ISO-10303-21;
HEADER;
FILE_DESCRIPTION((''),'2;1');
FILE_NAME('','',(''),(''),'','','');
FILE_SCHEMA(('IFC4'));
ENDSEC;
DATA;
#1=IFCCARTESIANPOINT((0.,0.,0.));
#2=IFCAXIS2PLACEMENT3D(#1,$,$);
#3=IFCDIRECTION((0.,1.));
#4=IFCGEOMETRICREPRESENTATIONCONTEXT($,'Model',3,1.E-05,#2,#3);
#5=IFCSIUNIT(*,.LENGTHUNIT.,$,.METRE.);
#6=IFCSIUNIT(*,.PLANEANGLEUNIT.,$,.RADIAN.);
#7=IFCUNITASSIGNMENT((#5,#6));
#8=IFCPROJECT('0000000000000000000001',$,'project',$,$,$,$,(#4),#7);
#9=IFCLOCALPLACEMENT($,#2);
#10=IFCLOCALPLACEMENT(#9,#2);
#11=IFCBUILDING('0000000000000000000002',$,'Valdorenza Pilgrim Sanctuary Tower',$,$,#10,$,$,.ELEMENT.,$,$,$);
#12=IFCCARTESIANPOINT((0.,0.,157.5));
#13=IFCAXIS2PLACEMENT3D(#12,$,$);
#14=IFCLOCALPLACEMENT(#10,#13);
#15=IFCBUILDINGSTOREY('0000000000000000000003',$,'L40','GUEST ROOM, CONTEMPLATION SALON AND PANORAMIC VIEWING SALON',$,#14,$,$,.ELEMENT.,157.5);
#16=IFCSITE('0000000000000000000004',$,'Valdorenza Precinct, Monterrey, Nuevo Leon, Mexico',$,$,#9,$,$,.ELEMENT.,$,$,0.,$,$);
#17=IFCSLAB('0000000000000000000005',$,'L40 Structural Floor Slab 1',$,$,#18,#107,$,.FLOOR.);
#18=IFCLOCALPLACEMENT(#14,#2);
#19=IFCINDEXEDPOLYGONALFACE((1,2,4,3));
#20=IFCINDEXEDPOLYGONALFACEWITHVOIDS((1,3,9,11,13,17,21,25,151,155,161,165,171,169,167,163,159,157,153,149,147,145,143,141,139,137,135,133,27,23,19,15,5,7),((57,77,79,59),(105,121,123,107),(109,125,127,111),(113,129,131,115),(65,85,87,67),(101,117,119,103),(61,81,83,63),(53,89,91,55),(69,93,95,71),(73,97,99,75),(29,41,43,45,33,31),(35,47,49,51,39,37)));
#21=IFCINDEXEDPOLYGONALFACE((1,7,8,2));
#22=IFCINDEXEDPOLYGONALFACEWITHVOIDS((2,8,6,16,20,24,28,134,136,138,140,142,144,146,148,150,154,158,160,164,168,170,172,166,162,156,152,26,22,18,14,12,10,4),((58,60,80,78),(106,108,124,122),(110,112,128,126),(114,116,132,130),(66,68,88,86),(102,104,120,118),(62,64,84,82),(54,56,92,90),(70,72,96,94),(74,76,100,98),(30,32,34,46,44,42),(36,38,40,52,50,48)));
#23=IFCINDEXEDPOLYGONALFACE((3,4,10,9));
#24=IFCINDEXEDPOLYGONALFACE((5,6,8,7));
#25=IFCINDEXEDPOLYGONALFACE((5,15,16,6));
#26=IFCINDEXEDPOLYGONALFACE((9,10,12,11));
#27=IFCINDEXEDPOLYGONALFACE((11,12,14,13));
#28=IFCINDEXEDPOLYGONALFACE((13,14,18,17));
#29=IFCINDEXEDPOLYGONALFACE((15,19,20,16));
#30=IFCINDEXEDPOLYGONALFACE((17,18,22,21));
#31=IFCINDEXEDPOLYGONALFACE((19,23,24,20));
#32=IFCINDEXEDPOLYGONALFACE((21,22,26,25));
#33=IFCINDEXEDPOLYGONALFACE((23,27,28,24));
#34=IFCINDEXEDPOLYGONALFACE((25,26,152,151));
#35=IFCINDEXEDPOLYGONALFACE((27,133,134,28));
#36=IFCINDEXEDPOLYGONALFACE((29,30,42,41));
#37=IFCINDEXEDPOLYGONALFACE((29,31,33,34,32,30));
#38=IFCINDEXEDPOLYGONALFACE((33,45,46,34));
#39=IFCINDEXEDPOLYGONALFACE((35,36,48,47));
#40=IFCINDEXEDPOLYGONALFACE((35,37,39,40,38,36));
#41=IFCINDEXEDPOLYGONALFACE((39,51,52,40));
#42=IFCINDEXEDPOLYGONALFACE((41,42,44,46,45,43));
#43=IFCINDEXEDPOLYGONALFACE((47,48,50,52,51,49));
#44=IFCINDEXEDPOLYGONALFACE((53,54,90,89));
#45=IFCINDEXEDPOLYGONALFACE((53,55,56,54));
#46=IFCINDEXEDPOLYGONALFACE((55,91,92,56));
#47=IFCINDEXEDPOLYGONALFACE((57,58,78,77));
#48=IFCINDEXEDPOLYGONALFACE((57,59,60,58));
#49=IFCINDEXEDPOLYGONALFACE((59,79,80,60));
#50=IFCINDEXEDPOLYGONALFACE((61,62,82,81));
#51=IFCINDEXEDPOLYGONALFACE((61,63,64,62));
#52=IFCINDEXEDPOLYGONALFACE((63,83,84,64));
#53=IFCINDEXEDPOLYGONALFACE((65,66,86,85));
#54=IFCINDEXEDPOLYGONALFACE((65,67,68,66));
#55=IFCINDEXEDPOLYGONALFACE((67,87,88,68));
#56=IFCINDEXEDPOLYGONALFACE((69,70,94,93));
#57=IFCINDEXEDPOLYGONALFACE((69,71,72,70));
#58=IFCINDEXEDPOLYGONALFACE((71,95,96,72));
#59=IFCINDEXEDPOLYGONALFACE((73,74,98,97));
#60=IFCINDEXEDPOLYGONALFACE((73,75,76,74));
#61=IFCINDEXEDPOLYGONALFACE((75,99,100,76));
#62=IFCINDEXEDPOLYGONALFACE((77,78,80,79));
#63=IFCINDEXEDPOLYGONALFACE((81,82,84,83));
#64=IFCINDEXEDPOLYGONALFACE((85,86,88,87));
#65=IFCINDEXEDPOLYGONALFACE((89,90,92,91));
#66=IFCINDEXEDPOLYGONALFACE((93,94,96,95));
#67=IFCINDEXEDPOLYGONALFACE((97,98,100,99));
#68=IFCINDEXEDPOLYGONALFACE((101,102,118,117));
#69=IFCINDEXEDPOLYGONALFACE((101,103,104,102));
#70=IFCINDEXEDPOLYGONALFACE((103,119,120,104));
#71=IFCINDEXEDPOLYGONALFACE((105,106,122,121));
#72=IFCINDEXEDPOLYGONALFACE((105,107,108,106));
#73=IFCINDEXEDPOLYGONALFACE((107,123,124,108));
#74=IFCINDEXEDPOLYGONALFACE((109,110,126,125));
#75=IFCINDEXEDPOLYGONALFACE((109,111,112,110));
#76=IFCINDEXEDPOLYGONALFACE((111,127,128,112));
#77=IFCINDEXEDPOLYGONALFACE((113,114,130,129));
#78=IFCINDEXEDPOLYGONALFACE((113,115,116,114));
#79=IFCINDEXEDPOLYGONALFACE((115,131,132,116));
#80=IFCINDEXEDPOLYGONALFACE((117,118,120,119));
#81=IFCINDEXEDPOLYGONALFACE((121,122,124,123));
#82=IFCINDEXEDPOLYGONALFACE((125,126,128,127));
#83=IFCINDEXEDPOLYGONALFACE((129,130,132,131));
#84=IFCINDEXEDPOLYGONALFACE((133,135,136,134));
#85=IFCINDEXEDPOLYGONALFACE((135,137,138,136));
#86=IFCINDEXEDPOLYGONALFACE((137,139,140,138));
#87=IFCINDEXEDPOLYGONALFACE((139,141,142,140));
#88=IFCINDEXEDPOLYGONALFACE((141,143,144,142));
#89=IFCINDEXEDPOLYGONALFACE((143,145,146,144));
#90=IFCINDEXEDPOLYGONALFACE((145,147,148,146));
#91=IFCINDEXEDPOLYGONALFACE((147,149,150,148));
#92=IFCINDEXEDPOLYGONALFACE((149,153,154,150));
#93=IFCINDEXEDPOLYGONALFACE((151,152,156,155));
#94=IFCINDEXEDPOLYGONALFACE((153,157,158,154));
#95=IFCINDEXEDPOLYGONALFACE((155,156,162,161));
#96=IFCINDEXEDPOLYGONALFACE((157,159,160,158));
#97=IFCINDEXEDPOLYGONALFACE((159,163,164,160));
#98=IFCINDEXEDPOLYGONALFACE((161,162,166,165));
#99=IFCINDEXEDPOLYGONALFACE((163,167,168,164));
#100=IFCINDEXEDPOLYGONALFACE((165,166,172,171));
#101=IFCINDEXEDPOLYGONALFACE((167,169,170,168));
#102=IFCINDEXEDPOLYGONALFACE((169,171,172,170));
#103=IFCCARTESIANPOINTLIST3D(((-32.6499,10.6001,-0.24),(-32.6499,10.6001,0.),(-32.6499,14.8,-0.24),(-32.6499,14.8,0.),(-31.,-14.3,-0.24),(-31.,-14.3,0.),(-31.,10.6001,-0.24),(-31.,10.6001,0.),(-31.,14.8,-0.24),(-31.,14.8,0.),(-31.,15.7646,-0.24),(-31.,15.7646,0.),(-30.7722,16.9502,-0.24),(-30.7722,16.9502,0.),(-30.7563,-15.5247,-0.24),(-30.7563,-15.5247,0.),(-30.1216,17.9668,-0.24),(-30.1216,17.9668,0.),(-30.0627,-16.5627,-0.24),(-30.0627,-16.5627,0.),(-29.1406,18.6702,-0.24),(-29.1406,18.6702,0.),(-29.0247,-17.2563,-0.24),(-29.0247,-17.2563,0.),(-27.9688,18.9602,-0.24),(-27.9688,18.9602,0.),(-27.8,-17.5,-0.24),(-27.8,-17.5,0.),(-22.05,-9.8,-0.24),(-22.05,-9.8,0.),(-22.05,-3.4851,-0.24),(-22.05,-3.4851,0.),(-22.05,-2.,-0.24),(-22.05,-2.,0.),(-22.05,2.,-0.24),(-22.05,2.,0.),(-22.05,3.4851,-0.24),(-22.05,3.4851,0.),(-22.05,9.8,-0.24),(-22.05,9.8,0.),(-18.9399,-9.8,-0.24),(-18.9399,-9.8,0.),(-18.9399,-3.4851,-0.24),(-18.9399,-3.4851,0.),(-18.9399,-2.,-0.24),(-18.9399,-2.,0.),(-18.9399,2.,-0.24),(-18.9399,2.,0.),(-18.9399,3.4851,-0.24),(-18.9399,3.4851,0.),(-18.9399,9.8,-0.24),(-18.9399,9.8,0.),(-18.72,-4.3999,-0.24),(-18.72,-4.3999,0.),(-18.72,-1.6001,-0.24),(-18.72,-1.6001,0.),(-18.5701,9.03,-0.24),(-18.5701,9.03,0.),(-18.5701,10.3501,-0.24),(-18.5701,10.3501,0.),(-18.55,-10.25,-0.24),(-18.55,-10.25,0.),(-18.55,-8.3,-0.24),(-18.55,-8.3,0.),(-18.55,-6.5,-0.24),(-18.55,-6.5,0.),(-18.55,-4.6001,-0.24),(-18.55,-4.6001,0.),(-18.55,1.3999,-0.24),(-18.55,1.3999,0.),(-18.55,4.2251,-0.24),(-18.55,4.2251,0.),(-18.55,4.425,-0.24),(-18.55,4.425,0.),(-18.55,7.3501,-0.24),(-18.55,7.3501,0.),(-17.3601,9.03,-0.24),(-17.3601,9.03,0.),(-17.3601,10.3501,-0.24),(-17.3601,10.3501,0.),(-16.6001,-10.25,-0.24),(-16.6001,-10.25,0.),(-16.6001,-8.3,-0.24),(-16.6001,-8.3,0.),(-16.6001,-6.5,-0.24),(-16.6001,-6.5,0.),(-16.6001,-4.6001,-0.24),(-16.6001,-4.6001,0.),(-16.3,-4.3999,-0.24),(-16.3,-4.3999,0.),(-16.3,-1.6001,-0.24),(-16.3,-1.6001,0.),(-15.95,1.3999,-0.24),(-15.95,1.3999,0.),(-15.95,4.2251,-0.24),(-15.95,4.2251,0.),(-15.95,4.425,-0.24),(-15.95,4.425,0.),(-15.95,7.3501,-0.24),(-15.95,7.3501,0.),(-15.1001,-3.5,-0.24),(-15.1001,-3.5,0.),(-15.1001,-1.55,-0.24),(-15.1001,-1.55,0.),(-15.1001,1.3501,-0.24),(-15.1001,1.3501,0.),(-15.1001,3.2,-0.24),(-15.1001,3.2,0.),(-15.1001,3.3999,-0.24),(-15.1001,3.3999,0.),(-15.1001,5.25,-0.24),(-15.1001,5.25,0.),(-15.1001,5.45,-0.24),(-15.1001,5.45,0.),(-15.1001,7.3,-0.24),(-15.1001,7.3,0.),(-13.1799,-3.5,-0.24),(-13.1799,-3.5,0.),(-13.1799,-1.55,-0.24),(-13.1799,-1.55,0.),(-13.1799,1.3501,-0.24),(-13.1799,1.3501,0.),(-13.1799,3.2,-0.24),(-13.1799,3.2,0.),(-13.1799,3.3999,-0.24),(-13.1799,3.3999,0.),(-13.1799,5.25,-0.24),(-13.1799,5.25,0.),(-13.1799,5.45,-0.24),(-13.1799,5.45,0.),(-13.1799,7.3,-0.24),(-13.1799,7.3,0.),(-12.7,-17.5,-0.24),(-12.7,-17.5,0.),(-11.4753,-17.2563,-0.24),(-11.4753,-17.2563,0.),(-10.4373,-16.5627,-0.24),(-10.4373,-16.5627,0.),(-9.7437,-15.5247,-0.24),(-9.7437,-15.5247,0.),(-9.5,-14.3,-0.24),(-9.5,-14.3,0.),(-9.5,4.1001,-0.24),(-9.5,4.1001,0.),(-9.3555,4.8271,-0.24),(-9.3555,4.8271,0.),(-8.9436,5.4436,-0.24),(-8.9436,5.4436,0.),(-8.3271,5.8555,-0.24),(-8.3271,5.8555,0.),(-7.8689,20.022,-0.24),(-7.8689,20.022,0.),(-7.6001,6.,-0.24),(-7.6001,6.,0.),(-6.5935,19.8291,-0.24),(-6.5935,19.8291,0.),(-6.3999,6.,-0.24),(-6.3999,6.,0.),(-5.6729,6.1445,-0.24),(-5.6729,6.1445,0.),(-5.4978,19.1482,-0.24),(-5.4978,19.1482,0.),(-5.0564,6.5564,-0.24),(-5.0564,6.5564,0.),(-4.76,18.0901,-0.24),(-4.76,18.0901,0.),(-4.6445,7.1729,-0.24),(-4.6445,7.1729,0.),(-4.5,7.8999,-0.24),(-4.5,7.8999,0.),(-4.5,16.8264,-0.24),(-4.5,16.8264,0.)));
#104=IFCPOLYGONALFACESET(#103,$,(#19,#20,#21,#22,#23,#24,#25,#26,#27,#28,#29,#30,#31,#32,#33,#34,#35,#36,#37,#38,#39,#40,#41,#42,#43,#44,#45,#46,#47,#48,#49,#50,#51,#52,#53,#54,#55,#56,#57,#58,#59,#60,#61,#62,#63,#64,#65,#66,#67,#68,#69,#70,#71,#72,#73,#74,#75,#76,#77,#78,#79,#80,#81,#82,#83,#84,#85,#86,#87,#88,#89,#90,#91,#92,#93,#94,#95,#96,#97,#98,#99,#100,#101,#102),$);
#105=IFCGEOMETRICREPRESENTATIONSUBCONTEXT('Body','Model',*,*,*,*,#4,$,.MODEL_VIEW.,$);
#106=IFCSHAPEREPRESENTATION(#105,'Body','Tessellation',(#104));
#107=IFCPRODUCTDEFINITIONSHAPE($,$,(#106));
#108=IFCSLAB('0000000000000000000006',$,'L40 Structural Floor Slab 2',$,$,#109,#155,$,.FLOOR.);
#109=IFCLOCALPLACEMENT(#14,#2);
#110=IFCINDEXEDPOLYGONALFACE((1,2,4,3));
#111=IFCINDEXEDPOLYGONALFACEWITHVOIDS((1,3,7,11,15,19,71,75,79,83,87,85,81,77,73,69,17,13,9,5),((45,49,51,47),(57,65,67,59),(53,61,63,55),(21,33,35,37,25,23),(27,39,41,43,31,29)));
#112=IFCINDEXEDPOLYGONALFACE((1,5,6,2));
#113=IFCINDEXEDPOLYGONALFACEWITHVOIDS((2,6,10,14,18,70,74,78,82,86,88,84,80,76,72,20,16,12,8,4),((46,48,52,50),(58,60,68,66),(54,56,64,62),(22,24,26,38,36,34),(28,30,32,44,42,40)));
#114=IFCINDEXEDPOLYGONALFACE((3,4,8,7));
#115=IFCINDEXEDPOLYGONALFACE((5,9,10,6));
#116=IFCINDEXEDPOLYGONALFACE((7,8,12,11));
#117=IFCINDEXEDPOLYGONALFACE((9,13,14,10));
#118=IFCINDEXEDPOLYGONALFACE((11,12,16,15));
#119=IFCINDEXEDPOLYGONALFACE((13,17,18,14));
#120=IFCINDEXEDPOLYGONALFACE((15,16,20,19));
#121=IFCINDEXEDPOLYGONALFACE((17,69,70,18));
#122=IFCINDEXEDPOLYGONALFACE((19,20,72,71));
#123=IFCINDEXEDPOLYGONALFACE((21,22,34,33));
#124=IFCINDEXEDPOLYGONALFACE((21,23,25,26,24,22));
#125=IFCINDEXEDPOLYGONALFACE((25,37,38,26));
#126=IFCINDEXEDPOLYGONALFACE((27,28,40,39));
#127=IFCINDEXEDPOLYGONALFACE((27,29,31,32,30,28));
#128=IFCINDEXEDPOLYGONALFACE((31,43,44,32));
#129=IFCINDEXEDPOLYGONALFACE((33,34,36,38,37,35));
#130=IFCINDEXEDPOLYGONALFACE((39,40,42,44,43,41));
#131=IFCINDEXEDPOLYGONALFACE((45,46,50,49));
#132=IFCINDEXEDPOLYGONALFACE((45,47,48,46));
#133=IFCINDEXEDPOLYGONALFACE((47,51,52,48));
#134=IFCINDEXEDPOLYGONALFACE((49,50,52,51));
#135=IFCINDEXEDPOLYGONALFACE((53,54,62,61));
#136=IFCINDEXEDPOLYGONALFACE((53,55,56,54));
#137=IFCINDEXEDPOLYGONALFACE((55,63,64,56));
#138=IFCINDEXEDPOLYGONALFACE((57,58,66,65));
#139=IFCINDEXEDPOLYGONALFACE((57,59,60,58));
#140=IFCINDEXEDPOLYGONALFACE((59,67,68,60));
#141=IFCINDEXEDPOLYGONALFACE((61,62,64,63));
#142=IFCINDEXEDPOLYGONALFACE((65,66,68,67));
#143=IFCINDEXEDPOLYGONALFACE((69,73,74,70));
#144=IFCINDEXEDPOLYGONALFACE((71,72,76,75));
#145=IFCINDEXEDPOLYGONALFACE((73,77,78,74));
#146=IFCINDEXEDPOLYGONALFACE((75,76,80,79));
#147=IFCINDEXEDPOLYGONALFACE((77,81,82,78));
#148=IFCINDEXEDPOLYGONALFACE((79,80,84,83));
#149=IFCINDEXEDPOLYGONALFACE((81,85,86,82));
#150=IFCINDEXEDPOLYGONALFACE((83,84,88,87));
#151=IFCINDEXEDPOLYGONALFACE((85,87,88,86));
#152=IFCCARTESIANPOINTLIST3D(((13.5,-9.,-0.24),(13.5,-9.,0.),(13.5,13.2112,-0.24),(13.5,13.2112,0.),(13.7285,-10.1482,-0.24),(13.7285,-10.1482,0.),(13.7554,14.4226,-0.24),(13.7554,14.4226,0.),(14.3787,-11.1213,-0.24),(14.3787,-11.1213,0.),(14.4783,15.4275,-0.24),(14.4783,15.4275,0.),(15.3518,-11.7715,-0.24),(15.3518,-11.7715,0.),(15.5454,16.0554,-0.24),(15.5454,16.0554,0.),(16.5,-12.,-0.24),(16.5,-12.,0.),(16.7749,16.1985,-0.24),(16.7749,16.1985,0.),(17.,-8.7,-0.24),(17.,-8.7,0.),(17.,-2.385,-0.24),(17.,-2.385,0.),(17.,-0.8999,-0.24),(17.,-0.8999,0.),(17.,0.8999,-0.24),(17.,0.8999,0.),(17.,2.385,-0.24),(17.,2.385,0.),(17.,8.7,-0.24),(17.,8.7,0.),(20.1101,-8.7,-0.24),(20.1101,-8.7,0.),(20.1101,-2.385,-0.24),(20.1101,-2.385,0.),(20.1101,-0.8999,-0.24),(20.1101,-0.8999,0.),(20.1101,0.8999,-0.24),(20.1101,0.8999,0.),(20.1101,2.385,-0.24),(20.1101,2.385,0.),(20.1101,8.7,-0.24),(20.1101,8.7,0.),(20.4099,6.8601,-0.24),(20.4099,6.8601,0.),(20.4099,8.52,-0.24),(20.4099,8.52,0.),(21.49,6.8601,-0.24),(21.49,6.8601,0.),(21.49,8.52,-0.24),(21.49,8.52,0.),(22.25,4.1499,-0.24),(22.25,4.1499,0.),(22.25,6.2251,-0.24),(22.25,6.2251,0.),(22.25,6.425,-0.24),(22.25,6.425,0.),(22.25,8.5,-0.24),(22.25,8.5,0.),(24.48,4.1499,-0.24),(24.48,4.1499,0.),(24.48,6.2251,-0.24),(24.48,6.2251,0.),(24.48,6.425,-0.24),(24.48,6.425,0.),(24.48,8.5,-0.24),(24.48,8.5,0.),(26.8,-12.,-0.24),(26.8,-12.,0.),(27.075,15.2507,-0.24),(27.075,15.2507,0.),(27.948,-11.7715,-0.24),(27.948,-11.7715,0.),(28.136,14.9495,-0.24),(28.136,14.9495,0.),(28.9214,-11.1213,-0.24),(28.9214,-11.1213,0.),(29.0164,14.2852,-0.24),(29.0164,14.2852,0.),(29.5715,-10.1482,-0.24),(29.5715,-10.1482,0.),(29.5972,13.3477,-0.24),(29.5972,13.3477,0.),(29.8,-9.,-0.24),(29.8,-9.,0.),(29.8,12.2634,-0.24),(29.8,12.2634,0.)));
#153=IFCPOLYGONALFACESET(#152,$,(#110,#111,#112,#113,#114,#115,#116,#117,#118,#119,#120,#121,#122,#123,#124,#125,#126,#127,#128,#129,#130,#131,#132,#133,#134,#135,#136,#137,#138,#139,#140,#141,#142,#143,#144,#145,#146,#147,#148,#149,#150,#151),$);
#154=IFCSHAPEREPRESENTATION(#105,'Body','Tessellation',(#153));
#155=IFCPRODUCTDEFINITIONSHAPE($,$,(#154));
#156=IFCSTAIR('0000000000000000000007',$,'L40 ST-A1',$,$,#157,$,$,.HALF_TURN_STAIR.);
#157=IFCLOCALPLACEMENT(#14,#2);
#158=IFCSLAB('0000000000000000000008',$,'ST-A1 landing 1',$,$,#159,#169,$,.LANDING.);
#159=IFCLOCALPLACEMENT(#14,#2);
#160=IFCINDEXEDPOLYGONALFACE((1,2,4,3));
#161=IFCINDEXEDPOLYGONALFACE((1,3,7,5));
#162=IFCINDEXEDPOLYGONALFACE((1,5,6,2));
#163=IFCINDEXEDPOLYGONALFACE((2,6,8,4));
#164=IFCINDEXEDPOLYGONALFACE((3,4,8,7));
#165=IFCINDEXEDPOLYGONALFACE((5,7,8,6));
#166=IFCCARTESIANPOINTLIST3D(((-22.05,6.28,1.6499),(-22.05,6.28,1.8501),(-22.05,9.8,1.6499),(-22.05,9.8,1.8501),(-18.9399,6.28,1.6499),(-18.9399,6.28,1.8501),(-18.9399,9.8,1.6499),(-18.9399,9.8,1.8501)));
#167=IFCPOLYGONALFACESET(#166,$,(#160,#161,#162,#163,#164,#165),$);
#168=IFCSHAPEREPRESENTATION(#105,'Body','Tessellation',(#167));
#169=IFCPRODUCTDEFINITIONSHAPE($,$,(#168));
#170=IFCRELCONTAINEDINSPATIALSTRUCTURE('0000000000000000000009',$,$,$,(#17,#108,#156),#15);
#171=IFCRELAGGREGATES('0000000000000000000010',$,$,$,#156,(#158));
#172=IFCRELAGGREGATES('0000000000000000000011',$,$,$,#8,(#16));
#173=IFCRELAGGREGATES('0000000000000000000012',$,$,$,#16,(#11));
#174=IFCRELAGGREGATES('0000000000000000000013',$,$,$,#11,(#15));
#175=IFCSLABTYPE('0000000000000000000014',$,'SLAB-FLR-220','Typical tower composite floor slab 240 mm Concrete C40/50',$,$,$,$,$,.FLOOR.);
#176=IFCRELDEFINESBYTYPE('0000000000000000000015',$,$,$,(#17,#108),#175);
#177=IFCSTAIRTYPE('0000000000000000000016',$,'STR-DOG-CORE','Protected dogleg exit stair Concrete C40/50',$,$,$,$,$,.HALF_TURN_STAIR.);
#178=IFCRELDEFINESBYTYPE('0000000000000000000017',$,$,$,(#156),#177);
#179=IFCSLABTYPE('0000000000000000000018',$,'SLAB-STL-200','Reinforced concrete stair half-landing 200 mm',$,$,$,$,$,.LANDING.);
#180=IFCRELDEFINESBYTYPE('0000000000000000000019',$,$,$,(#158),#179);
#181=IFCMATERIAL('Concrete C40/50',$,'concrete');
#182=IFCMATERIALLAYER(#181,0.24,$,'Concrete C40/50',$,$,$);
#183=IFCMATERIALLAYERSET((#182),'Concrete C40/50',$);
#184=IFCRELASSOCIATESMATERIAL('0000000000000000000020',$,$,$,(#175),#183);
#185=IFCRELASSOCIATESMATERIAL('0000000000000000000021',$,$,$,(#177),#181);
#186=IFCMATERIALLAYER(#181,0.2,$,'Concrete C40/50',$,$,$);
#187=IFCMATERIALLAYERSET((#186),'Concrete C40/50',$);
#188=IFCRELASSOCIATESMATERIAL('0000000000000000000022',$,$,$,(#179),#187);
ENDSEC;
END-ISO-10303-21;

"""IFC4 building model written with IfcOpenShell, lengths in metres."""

from ifc_helpers import new_model, si_unit, direction, frame, origin, place, context, subcontext, project, spatial, polyline, outline, extrude, material, layer, layer_set, type_object, element, aggregate, save


model = new_model("IFC4")

# Units and contexts
model_context = context("Model", 3, precision=1e-05, world=origin(), true_north=direction((0.0, 1.0)))
body_context = subcontext(model_context, "Body", "Model", "MODEL_VIEW")
ifc_project = project(units=[si_unit("LENGTHUNIT", "METRE"), si_unit("PLANEANGLEUNIT", "RADIAN")], contexts=[model_context])

# Site, building, storey
site_placement = place(None, origin())
site = spatial("IfcSite", under=ifc_project, at=site_placement, Name="Valdorenza Precinct, Monterrey, Nuevo Leon, Mexico", CompositionType="ELEMENT", RefElevation=0.0)
building_placement = place(site_placement, origin())
building = spatial("IfcBuilding", under=site, at=building_placement, Name="Valdorenza Pilgrim Sanctuary Tower", CompositionType="ELEMENT")
storey_placement = place(building_placement, frame((0.0, 0.0, 157.5)))
storey = spatial("IfcBuildingStorey", under=building, at=storey_placement, Name="L40", Description="GUEST ROOM, CONTEMPLATION SALON AND PANORAMIC VIEWING SALON", CompositionType="ELEMENT", Elevation=157.5)

# Slabs
ifc_material_1 = material(Name="Concrete C40/50", Category="concrete")
ifc_layer_1 = layer(ifc_material_1, 0.24, Name="Concrete C40/50")
ifc_layer_set_1 = layer_set([ifc_layer_1], Name="Concrete C40/50")
slab_type_1 = type_object("IfcSlabType", Name="SLAB-FLR-220", Description="Typical tower composite floor slab 240 mm Concrete C40/50", PredefinedType="FLOOR", material=ifc_layer_set_1)
slab_1_placement = place(storey_placement, frame((0.0, 0.0, -0.24)))
element("IfcSlab", 1, at=slab_1_placement, inside=storey, type_object=slab_type_1, Name="L40 Structural Floor Slab 1", PredefinedType="FLOOR", context=body_context, shape_type="SweptSolid", body=[
    extrude(outline(polyline([(-30.7722, 16.9502), (-30.1216, 17.9668), (-29.1406, 18.6702), (-27.9688, 18.9602), (-7.8689, 20.022), (-6.5935, 19.8291), (-5.4978, 19.1482), (-4.76, 18.0901), (-4.5, 16.8264), (-4.5, 7.8999), (-4.6445, 7.1729), (-5.0564, 6.5564), (-5.6729, 6.1445), (-6.3999, 6.0), (-7.6001, 6.0), (-8.3271, 5.8555), (-8.9436, 5.4436), (-9.3555, 4.8271), (-9.5, 4.1001), (-9.5, -14.3), (-9.7437, -15.5247), (-10.4373, -16.5627), (-11.4753, -17.2563), (-12.7, -17.5), (-27.8, -17.5), (-29.0247, -17.2563), (-30.0627, -16.5627), (-30.7563, -15.5247), (-31.0, -14.3), (-31.0, 10.6001), (-32.6499, 10.6001), (-32.6499, 14.8), (-31.0, 14.8), (-31.0, 15.7646), (-30.7722, 16.9502)]), holes=[polyline([(-16.6001, -10.25), (-16.6001, -8.3), (-18.55, -8.3), (-18.55, -10.25), (-16.6001, -10.25)]), polyline([(-22.05, -9.8), (-18.9399, -9.8), (-18.9399, -3.4851), (-18.9399, -2.0), (-22.05, -2.0), (-22.05, -3.4851), (-22.05, -9.8)]), polyline([(-16.6001, -6.5), (-16.6001, -4.6001), (-18.55, -4.6001), (-18.55, -6.5), (-16.6001, -6.5)]), polyline([(-18.72, -4.3999), (-16.3, -4.3999), (-16.3, -1.6001), (-18.72, -1.6001), (-18.72, -4.3999)]), polyline([(-13.1799, 1.3501), (-13.1799, 3.2), (-15.1001, 3.2), (-15.1001, 1.3501), (-13.1799, 1.3501)]), polyline([(-22.05, 2.0), (-18.9399, 2.0), (-18.9399, 3.4851), (-18.9399, 9.8), (-22.05, 9.8), (-22.05, 3.4851), (-22.05, 2.0)]), polyline([(-15.95, 1.3999), (-15.95, 4.2251), (-18.55, 4.2251), (-18.55, 1.3999), (-15.95, 1.3999)]), polyline([(-18.55, 4.425), (-15.95, 4.425), (-15.95, 7.3501), (-18.55, 7.3501), (-18.55, 4.425)]), polyline([(-17.3601, 9.03), (-17.3601, 10.3501), (-18.5701, 10.3501), (-18.5701, 9.03), (-17.3601, 9.03)]), polyline([(-13.1799, -3.5), (-13.1799, -1.55), (-15.1001, -1.55), (-15.1001, -3.5), (-13.1799, -3.5)]), polyline([(-13.1799, 3.3999), (-13.1799, 5.25), (-15.1001, 5.25), (-15.1001, 3.3999), (-13.1799, 3.3999)]), polyline([(-13.1799, 5.45), (-13.1799, 7.3), (-15.1001, 7.3), (-15.1001, 5.45), (-13.1799, 5.45)])]), origin(), (0.0, 0.0, 1.0), 0.24),
])
slab_2_placement = place(storey_placement, frame((0.0, 0.0, -0.24)))
element("IfcSlab", 2, at=slab_2_placement, inside=storey, type_object=slab_type_1, Name="L40 Structural Floor Slab 2", PredefinedType="FLOOR", context=body_context, shape_type="SweptSolid", body=[
    extrude(outline(polyline([(13.5, 13.2112), (13.7554, 14.4226), (14.4783, 15.4275), (15.5454, 16.0554), (16.7749, 16.1985), (27.075, 15.2507), (28.136, 14.9495), (29.0164, 14.2852), (29.5972, 13.3477), (29.8, 12.2634), (29.8, -9.0), (29.5715, -10.1482), (28.9214, -11.1213), (27.948, -11.7715), (26.8, -12.0), (16.5, -12.0), (15.3518, -11.7715), (14.3787, -11.1213), (13.7285, -10.1482), (13.5, -9.0), (13.5, 13.2112)]), holes=[polyline([(17.0, -8.7), (20.1101, -8.7), (20.1101, -2.385), (20.1101, -0.8999), (17.0, -0.8999), (17.0, -2.385), (17.0, -8.7)]), polyline([(17.0, 0.8999), (20.1101, 0.8999), (20.1101, 2.385), (20.1101, 8.7), (17.0, 8.7), (17.0, 2.385), (17.0, 0.8999)]), polyline([(22.25, 4.1499), (24.48, 4.1499), (24.48, 6.2251), (22.25, 6.2251), (22.25, 4.1499)]), polyline([(22.25, 6.425), (24.48, 6.425), (24.48, 8.5), (22.25, 8.5), (22.25, 6.425)]), polyline([(20.4099, 6.8601), (21.49, 6.8601), (21.49, 8.52), (20.4099, 8.52), (20.4099, 6.8601)])]), origin(), (0.0, 0.0, 1.0), 0.24),
])

# Stair, slab
stair_type = type_object("IfcStairType", Name="STR-DOG-CORE", Description="Protected dogleg exit stair Concrete C40/50", PredefinedType="HALF_TURN_STAIR", material=ifc_material_1)
stair_1_placement = place(storey_placement, origin())
stair_1 = element("IfcStair", 3, at=stair_1_placement, inside=storey, type_object=stair_type, Name="L40 ST-A1", PredefinedType="HALF_TURN_STAIR")
ifc_layer_2 = layer(ifc_material_1, 0.2, Name="Concrete C40/50")
ifc_layer_set_2 = layer_set([ifc_layer_2], Name="Concrete C40/50")
slab_type_2 = type_object("IfcSlabType", Name="SLAB-STL-200", Description="Reinforced concrete stair half-landing 200 mm", PredefinedType="LANDING", material=ifc_layer_set_2)
slab_3_placement = place(storey_placement, frame((0.0, 0.0, 1.6499)))
slab_3 = element("IfcSlab", 4, at=slab_3_placement, type_object=slab_type_2, Name="ST-A1 landing 1", PredefinedType="LANDING", context=body_context, shape_type="SweptSolid", body=[
    extrude(outline(polyline([(-18.9399, 6.28), (-18.9399, 9.8), (-22.05, 9.8), (-22.05, 6.28), (-18.9399, 6.28)])), origin(), (0.0, 0.0, 1.0), 0.2002),
])
aggregate(stair_1, [slab_3])

save(model, "model.ifc")
